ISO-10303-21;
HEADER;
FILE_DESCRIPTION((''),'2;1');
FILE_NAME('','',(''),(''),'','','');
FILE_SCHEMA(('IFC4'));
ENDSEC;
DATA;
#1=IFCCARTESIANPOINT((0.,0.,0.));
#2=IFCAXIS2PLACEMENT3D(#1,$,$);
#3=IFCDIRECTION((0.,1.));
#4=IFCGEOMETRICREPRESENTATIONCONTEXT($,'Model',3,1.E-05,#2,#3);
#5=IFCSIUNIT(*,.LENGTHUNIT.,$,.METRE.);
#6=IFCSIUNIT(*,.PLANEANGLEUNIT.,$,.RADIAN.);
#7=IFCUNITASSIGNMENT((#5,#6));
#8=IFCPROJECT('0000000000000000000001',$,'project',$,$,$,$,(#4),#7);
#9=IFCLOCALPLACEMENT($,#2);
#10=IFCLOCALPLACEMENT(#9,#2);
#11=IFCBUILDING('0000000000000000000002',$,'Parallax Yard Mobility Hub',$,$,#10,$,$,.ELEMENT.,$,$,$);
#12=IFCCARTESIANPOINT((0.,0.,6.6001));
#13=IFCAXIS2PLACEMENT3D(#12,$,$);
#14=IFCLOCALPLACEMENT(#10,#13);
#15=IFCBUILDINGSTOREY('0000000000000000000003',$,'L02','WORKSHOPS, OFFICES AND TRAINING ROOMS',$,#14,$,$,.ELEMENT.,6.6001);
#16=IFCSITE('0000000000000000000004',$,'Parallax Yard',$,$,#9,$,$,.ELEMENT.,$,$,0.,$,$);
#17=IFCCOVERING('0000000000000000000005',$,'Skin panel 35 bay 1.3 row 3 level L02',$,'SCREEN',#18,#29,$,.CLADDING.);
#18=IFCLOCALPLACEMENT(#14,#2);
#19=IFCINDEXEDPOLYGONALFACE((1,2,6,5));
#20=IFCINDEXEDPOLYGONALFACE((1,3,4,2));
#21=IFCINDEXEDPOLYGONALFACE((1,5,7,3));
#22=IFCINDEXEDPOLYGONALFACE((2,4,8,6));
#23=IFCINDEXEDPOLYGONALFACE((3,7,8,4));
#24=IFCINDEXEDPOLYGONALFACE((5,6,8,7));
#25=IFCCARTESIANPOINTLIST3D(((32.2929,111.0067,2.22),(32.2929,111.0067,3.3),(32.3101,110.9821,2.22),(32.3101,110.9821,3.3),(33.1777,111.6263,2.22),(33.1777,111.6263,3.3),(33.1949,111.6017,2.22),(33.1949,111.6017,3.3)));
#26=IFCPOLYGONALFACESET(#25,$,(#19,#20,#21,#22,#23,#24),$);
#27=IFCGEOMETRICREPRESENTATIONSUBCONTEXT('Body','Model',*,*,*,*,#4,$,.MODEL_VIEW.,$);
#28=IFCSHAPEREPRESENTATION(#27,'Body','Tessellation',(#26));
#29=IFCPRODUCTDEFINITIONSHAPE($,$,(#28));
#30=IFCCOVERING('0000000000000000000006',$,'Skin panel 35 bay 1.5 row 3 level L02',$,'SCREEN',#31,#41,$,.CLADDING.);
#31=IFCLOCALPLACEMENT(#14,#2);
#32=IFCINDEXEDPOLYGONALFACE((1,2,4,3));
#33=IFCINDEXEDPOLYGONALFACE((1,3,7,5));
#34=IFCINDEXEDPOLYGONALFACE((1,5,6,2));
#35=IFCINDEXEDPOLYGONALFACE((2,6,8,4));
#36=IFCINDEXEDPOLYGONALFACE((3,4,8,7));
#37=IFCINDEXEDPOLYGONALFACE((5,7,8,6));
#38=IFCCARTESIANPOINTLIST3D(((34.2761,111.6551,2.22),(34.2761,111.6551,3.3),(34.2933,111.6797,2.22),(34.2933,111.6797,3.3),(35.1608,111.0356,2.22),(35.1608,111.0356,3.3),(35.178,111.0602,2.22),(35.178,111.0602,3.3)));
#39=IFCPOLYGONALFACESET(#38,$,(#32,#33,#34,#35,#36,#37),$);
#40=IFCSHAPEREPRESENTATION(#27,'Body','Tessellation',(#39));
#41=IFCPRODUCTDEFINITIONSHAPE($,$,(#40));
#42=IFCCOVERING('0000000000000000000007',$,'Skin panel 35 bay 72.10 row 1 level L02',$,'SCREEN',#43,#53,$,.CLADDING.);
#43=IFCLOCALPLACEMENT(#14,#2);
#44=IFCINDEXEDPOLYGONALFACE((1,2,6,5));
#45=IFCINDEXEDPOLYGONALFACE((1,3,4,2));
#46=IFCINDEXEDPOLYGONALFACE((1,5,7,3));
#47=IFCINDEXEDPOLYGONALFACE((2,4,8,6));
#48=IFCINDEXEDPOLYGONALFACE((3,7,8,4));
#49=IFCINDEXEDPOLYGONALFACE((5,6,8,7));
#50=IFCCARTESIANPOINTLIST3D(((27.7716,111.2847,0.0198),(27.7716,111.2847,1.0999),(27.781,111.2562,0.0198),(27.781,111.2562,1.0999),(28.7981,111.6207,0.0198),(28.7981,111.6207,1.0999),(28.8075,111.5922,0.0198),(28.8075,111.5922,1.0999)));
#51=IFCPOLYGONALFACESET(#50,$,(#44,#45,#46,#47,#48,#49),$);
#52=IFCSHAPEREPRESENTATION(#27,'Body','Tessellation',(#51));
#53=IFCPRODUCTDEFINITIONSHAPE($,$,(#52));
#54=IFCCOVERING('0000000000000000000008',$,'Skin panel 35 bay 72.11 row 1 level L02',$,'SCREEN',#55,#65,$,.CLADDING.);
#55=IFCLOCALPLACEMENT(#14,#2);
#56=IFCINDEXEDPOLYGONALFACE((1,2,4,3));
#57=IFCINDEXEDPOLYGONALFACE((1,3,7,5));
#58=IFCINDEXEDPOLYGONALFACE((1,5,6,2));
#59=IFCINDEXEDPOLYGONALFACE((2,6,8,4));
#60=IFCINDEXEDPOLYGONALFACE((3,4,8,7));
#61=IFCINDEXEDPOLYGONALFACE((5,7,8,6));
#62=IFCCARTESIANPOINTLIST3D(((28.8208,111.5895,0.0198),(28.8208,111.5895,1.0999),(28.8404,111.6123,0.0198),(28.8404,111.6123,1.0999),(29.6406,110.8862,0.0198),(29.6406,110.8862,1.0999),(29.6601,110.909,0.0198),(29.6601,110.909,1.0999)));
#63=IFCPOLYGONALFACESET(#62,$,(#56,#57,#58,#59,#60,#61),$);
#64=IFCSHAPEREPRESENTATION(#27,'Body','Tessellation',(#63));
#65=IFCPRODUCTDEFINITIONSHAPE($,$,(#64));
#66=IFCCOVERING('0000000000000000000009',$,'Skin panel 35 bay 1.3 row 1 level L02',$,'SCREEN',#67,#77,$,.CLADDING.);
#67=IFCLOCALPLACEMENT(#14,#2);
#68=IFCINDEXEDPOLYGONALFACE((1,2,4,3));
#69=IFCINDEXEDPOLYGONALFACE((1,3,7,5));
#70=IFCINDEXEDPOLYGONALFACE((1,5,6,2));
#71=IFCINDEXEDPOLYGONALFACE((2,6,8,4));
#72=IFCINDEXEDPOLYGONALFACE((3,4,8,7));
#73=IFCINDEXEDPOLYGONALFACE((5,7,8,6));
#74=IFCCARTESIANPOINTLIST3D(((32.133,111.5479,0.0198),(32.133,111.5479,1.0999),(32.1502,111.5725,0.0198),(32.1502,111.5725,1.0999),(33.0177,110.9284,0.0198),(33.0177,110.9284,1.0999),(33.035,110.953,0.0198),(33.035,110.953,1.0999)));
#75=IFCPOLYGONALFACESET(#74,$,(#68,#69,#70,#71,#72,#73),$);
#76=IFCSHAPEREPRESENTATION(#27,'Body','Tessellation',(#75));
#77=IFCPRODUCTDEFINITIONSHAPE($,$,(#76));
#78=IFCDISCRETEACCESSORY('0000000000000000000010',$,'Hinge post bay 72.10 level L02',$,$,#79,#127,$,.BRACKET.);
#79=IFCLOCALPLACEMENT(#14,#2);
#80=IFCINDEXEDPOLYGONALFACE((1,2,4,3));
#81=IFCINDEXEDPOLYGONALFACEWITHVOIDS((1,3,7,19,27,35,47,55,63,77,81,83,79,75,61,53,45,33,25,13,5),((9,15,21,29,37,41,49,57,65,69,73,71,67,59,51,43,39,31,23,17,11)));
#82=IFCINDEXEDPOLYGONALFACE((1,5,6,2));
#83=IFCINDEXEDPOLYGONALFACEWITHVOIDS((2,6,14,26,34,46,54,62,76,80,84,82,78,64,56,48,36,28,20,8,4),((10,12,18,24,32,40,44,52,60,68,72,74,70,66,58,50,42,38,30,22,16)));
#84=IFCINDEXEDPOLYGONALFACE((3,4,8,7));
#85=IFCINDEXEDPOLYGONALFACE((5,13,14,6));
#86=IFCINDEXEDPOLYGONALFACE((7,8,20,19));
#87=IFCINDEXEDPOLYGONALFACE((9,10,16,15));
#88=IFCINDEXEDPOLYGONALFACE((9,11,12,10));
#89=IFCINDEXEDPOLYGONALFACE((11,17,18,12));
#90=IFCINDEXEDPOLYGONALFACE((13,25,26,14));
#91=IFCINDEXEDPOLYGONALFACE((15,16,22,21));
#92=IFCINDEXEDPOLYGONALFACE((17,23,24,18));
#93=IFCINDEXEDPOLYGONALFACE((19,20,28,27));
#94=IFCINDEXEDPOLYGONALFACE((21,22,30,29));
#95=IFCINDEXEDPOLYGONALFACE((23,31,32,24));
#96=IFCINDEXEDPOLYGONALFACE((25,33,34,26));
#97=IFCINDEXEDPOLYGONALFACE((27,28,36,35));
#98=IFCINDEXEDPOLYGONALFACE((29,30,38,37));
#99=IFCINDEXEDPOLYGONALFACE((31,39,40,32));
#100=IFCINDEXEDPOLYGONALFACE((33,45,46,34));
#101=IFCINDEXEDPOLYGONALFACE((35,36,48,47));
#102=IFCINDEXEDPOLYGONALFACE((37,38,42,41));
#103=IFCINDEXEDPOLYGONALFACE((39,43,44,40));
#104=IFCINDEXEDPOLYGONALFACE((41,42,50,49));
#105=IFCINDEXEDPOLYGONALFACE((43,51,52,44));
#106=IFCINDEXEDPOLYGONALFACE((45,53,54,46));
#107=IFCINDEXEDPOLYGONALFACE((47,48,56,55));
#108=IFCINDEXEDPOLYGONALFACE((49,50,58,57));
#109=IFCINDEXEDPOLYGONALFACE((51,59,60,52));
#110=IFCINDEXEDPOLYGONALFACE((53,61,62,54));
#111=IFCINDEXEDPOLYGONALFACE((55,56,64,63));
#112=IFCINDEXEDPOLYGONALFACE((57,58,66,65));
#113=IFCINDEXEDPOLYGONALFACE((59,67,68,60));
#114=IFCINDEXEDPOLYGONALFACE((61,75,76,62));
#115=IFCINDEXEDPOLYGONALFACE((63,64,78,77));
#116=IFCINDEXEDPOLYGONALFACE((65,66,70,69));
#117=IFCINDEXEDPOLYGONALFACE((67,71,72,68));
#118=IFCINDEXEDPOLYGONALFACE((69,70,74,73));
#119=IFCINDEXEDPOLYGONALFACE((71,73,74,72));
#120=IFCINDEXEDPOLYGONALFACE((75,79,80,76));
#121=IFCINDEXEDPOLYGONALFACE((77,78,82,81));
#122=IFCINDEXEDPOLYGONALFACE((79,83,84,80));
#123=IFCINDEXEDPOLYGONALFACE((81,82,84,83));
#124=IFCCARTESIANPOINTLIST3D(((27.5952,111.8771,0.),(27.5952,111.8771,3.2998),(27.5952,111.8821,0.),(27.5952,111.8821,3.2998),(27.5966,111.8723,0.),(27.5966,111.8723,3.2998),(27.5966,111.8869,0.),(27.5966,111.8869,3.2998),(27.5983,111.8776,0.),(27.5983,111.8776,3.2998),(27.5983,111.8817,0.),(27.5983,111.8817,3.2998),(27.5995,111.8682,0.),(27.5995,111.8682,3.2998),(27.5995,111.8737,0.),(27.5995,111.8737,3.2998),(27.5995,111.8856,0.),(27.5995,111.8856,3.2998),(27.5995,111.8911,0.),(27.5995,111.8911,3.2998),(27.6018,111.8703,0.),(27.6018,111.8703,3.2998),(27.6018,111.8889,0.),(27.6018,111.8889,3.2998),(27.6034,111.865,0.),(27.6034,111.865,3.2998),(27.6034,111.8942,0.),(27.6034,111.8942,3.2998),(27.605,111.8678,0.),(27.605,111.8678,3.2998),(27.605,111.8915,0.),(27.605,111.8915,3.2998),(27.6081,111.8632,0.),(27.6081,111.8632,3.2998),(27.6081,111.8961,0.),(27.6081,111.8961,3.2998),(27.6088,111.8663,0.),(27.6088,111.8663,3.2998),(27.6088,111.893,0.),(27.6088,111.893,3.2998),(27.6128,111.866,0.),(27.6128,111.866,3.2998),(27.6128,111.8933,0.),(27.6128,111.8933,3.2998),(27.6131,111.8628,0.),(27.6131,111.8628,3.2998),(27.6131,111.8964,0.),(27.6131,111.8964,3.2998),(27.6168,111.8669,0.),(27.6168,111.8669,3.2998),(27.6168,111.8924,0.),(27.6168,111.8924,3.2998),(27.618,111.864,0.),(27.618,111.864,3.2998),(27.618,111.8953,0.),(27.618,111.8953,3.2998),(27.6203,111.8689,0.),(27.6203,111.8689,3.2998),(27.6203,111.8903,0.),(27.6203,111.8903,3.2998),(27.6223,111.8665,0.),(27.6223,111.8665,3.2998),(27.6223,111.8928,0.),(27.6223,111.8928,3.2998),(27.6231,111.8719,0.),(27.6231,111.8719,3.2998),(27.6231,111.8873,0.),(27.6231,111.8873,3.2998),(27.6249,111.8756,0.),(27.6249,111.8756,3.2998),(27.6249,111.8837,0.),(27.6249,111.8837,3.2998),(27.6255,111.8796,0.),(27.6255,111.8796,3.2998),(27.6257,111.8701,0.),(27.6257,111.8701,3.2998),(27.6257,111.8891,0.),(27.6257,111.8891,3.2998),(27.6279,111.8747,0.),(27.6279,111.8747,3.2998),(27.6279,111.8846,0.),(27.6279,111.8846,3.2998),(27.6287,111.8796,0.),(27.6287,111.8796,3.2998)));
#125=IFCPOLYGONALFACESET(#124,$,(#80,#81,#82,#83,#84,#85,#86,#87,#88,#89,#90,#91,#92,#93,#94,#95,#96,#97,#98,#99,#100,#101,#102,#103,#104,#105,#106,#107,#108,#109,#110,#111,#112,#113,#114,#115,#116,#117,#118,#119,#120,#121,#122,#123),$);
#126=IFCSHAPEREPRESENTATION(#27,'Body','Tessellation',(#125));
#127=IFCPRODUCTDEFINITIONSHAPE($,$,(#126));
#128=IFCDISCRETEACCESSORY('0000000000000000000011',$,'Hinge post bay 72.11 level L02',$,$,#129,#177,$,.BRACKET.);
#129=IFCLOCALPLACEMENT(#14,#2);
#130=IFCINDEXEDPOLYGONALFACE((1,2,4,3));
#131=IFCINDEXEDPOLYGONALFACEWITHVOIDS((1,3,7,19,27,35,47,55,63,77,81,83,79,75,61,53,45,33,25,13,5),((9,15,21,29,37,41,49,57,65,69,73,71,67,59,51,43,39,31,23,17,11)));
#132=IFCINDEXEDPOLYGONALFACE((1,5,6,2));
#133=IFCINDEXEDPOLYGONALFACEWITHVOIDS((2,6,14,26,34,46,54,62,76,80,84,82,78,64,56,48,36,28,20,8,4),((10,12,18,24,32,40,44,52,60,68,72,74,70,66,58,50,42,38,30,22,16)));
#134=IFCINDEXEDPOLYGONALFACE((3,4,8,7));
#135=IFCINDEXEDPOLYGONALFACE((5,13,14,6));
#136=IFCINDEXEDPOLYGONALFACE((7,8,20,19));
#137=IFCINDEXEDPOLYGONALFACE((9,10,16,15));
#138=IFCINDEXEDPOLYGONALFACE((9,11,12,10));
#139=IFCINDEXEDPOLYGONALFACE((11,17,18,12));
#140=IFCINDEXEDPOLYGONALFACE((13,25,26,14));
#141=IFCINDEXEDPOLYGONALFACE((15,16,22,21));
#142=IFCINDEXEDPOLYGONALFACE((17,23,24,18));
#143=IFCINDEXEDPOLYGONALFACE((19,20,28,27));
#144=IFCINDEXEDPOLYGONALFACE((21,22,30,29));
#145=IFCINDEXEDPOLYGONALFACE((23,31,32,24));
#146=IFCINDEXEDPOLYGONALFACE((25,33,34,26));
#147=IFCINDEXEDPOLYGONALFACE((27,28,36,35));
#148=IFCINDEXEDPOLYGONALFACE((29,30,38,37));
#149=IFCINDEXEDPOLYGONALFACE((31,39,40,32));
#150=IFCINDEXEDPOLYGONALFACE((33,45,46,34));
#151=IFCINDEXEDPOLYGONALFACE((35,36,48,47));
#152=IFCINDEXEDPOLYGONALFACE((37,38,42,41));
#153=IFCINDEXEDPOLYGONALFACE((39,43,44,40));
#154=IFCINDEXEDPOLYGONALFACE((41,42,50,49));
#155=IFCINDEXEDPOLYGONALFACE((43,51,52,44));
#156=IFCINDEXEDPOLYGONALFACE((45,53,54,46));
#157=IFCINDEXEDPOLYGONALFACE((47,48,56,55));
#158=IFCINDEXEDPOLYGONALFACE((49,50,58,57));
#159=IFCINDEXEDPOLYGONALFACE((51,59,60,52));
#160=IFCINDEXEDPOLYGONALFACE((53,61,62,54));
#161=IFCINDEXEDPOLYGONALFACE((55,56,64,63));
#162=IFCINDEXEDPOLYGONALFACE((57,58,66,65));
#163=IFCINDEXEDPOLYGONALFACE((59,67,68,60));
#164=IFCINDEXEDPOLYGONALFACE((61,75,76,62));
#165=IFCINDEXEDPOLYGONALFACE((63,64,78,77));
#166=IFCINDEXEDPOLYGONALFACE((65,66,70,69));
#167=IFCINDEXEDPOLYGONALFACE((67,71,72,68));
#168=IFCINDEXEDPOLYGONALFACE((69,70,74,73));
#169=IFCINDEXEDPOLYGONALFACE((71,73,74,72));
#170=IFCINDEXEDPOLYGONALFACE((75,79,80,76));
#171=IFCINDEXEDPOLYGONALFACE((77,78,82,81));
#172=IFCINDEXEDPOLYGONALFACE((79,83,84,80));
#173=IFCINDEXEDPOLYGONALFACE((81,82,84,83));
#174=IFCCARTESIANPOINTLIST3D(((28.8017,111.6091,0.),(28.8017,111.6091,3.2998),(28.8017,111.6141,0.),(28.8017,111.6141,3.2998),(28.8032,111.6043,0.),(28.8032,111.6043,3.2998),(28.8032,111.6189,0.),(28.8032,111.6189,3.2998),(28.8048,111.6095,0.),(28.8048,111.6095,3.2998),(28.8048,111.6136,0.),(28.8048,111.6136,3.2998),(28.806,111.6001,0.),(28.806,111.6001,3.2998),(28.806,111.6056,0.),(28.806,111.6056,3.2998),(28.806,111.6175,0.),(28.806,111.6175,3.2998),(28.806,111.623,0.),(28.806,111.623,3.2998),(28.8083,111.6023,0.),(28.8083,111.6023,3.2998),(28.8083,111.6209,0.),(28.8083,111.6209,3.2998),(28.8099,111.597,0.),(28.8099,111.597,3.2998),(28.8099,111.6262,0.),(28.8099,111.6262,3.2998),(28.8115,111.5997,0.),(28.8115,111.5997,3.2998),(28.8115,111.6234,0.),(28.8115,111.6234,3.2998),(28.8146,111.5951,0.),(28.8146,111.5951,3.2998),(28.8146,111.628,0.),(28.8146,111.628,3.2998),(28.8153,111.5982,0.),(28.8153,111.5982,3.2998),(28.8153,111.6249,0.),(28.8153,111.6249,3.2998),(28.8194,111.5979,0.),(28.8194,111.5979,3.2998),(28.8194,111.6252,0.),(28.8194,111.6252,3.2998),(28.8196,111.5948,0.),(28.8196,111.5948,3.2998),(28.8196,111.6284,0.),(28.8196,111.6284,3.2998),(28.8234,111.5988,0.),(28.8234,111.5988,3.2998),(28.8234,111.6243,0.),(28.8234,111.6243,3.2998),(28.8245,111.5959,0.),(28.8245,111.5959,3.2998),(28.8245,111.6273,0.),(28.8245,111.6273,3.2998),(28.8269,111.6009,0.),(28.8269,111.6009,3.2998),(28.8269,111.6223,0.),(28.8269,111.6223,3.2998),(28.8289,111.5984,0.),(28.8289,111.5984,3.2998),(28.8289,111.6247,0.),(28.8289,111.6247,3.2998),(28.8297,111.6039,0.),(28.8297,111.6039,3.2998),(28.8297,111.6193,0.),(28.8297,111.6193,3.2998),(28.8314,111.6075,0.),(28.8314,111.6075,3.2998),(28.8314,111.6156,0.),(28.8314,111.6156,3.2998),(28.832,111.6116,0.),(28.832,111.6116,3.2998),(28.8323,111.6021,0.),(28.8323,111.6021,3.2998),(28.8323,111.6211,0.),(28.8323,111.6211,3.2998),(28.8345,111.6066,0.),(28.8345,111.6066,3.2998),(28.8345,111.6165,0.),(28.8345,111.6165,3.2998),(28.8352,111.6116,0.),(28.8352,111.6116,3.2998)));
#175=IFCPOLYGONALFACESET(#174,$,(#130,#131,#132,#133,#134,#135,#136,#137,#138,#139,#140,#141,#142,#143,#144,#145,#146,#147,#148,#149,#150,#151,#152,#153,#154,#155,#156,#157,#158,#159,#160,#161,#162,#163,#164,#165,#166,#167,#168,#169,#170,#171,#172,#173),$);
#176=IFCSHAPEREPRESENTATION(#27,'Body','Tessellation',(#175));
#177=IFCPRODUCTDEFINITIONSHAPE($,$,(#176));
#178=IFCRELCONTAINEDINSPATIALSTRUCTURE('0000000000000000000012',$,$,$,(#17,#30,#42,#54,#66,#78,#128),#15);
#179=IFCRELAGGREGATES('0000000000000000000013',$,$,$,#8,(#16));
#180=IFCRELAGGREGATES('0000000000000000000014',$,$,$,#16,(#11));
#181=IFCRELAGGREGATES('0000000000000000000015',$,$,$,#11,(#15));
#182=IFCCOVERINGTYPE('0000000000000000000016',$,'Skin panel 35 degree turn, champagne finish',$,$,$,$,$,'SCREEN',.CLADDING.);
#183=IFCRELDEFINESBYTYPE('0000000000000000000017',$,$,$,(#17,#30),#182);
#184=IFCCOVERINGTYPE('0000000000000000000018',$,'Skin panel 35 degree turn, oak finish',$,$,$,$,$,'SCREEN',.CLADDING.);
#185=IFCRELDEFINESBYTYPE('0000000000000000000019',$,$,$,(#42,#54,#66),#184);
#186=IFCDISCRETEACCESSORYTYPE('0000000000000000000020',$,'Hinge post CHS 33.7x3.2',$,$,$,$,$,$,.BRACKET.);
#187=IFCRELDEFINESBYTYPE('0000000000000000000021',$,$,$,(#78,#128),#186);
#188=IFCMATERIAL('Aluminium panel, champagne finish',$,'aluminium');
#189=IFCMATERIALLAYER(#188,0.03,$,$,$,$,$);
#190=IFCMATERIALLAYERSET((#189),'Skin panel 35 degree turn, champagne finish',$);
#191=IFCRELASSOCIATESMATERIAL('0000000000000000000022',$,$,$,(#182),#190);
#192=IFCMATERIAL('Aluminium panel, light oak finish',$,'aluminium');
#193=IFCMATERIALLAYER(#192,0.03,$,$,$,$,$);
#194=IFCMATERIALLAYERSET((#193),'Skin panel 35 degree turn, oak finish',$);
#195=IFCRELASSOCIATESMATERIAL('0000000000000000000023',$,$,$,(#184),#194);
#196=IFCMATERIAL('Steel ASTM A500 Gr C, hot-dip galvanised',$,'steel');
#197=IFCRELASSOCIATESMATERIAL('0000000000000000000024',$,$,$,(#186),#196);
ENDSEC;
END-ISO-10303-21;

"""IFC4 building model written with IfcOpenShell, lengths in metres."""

from ifc_helpers import new_model, si_unit, direction, frame, origin, origin_2d, place, context, subcontext, project, spatial, rectangle, hollow_circle, extrude, material, layer, layer_set, material_profile, profile_set, type_object, element, save


model = new_model("IFC4")

# Units and contexts
model_context = context("Model", 3, precision=1e-05, world=origin(), true_north=direction((0.0, 1.0)))
body_context = subcontext(model_context, "Body", "Model", "MODEL_VIEW")
ifc_project = project(units=[si_unit("LENGTHUNIT", "METRE"), si_unit("PLANEANGLEUNIT", "RADIAN")], contexts=[model_context])

# Site, building, storey
site_placement = place(None, origin())
site = spatial("IfcSite", under=ifc_project, at=site_placement, Name="Parallax Yard", CompositionType="ELEMENT", RefElevation=0.0)
building_placement = place(site_placement, origin())
building = spatial("IfcBuilding", under=site, at=building_placement, Name="Parallax Yard Mobility Hub", CompositionType="ELEMENT")
storey_placement = place(building_placement, frame((0.0, 0.0, 6.6001)))
storey = spatial("IfcBuildingStorey", under=building, at=storey_placement, Name="L02", Description="WORKSHOPS, OFFICES AND TRAINING ROOMS", CompositionType="ELEMENT", Elevation=6.6001)

# Coverings
ifc_material_1 = material(Name="Aluminium panel, champagne finish", Category="aluminium")
ifc_material_2 = material(Name="Aluminium panel, light oak finish", Category="aluminium")
ifc_layer_1 = layer(ifc_material_1, 0.03)
ifc_layer_set_1 = layer_set([ifc_layer_1], Name="Skin panel 35 degree turn, champagne finish")
covering_type_1 = type_object("IfcCoveringType", Name="Skin panel 35 degree turn, champagne finish", ElementType="SCREEN", PredefinedType="CLADDING", material=ifc_layer_set_1)
for number, where, z_axis, x_axis, name in (
    (1, (32.7439, 111.3042, 2.22), (0.0, 0.0, 1.0), (-0.819152, -0.573576, 0.0), "Skin panel 35 bay 1.3 row 3 level L02"),
    (2, (34.7271, 111.3577, 2.22), (0.0, 0.0, 1.0), (0.819152, -0.573576, 0.0), "Skin panel 35 bay 1.5 row 3 level L02"),
):
    element("IfcCovering", number, at=place(storey_placement, frame(where, z_axis=z_axis, x_axis=x_axis)), inside=storey, type_object=covering_type_1, Name=name, ObjectType="SCREEN", PredefinedType="CLADDING", context=body_context, shape_type="SweptSolid", body=[
        extrude(rectangle(XDim=1.0801, YDim=0.03, at=origin_2d()), origin(), (0.0, 0.0, 1.0), 1.0801),
    ])
ifc_layer_2 = layer(ifc_material_2, 0.03)
ifc_layer_set_2 = layer_set([ifc_layer_2], Name="Skin panel 35 degree turn, oak finish")
covering_type_2 = type_object("IfcCoveringType", Name="Skin panel 35 degree turn, oak finish", ElementType="SCREEN", PredefinedType="CLADDING", material=ifc_layer_set_2)
for number, where, z_axis, x_axis, name in (
    (3, (28.2896, 111.4385, 0.0198), (0.0, 0.0, 1.0), (-0.95038, -0.311091, 0.0), "Skin panel 35 bay 72.10 row 1 level L02"),
    (4, (29.2405, 111.2493, 0.0198), (0.0, 0.0, 1.0), (0.758987, -0.651105, 0.0), "Skin panel 35 bay 72.11 row 1 level L02"),
    (5, (32.584, 111.2505, 0.0198), (0.0, 0.0, 1.0), (0.819152, -0.573576, 0.0), "Skin panel 35 bay 1.3 row 1 level L02"),
):
    element("IfcCovering", number, at=place(storey_placement, frame(where, z_axis=z_axis, x_axis=x_axis)), inside=storey, type_object=covering_type_2, Name=name, ObjectType="SCREEN", PredefinedType="CLADDING", context=body_context, shape_type="SweptSolid", body=[
        extrude(rectangle(XDim=1.0801, YDim=0.03, at=origin_2d()), origin(), (0.0, 0.0, 1.0), 1.0801),
    ])

# Discrete accessories
ifc_material_3 = material(Name="Steel ASTM A500 Gr C, hot-dip galvanised", Category="steel")
ifc_material_profile = material_profile(ifc_material_3, hollow_circle(Radius=0.0168, WallThickness=0.0032, at=origin_2d()), Name="CHS 33.7x3.2")
ifc_profile_set = profile_set([ifc_material_profile], Name="Steel ASTM A500 Gr C, hot-dip galvanised")
discrete_accessory_type = type_object("IfcDiscreteAccessoryType", Name="Hinge post CHS 33.7x3.2", PredefinedType="BRACKET", material=ifc_profile_set)
for number, where, z_axis, x_axis, name in (
    (6, (27.6118, 111.8796, 0.0), (0.0, 0.0, 1.0), (1.0, 0.0, 0.0), "Hinge post bay 72.10 level L02"),
    (7, (28.8184, 111.6116, 0.0), (0.0, 0.0, 1.0), (1.0, 0.0, 0.0), "Hinge post bay 72.11 level L02"),
):
    element("IfcDiscreteAccessory", number, at=place(storey_placement, frame(where, z_axis=z_axis, x_axis=x_axis)), inside=storey, type_object=discrete_accessory_type, Name=name, PredefinedType="BRACKET", context=body_context, shape_type="SweptSolid", body=[
        extrude(hollow_circle(Radius=0.0168, WallThickness=0.0032, at=origin_2d()), origin(), (0.0, 0.0, 1.0), 3.2998),
    ])

save(model, "model.ifc")
